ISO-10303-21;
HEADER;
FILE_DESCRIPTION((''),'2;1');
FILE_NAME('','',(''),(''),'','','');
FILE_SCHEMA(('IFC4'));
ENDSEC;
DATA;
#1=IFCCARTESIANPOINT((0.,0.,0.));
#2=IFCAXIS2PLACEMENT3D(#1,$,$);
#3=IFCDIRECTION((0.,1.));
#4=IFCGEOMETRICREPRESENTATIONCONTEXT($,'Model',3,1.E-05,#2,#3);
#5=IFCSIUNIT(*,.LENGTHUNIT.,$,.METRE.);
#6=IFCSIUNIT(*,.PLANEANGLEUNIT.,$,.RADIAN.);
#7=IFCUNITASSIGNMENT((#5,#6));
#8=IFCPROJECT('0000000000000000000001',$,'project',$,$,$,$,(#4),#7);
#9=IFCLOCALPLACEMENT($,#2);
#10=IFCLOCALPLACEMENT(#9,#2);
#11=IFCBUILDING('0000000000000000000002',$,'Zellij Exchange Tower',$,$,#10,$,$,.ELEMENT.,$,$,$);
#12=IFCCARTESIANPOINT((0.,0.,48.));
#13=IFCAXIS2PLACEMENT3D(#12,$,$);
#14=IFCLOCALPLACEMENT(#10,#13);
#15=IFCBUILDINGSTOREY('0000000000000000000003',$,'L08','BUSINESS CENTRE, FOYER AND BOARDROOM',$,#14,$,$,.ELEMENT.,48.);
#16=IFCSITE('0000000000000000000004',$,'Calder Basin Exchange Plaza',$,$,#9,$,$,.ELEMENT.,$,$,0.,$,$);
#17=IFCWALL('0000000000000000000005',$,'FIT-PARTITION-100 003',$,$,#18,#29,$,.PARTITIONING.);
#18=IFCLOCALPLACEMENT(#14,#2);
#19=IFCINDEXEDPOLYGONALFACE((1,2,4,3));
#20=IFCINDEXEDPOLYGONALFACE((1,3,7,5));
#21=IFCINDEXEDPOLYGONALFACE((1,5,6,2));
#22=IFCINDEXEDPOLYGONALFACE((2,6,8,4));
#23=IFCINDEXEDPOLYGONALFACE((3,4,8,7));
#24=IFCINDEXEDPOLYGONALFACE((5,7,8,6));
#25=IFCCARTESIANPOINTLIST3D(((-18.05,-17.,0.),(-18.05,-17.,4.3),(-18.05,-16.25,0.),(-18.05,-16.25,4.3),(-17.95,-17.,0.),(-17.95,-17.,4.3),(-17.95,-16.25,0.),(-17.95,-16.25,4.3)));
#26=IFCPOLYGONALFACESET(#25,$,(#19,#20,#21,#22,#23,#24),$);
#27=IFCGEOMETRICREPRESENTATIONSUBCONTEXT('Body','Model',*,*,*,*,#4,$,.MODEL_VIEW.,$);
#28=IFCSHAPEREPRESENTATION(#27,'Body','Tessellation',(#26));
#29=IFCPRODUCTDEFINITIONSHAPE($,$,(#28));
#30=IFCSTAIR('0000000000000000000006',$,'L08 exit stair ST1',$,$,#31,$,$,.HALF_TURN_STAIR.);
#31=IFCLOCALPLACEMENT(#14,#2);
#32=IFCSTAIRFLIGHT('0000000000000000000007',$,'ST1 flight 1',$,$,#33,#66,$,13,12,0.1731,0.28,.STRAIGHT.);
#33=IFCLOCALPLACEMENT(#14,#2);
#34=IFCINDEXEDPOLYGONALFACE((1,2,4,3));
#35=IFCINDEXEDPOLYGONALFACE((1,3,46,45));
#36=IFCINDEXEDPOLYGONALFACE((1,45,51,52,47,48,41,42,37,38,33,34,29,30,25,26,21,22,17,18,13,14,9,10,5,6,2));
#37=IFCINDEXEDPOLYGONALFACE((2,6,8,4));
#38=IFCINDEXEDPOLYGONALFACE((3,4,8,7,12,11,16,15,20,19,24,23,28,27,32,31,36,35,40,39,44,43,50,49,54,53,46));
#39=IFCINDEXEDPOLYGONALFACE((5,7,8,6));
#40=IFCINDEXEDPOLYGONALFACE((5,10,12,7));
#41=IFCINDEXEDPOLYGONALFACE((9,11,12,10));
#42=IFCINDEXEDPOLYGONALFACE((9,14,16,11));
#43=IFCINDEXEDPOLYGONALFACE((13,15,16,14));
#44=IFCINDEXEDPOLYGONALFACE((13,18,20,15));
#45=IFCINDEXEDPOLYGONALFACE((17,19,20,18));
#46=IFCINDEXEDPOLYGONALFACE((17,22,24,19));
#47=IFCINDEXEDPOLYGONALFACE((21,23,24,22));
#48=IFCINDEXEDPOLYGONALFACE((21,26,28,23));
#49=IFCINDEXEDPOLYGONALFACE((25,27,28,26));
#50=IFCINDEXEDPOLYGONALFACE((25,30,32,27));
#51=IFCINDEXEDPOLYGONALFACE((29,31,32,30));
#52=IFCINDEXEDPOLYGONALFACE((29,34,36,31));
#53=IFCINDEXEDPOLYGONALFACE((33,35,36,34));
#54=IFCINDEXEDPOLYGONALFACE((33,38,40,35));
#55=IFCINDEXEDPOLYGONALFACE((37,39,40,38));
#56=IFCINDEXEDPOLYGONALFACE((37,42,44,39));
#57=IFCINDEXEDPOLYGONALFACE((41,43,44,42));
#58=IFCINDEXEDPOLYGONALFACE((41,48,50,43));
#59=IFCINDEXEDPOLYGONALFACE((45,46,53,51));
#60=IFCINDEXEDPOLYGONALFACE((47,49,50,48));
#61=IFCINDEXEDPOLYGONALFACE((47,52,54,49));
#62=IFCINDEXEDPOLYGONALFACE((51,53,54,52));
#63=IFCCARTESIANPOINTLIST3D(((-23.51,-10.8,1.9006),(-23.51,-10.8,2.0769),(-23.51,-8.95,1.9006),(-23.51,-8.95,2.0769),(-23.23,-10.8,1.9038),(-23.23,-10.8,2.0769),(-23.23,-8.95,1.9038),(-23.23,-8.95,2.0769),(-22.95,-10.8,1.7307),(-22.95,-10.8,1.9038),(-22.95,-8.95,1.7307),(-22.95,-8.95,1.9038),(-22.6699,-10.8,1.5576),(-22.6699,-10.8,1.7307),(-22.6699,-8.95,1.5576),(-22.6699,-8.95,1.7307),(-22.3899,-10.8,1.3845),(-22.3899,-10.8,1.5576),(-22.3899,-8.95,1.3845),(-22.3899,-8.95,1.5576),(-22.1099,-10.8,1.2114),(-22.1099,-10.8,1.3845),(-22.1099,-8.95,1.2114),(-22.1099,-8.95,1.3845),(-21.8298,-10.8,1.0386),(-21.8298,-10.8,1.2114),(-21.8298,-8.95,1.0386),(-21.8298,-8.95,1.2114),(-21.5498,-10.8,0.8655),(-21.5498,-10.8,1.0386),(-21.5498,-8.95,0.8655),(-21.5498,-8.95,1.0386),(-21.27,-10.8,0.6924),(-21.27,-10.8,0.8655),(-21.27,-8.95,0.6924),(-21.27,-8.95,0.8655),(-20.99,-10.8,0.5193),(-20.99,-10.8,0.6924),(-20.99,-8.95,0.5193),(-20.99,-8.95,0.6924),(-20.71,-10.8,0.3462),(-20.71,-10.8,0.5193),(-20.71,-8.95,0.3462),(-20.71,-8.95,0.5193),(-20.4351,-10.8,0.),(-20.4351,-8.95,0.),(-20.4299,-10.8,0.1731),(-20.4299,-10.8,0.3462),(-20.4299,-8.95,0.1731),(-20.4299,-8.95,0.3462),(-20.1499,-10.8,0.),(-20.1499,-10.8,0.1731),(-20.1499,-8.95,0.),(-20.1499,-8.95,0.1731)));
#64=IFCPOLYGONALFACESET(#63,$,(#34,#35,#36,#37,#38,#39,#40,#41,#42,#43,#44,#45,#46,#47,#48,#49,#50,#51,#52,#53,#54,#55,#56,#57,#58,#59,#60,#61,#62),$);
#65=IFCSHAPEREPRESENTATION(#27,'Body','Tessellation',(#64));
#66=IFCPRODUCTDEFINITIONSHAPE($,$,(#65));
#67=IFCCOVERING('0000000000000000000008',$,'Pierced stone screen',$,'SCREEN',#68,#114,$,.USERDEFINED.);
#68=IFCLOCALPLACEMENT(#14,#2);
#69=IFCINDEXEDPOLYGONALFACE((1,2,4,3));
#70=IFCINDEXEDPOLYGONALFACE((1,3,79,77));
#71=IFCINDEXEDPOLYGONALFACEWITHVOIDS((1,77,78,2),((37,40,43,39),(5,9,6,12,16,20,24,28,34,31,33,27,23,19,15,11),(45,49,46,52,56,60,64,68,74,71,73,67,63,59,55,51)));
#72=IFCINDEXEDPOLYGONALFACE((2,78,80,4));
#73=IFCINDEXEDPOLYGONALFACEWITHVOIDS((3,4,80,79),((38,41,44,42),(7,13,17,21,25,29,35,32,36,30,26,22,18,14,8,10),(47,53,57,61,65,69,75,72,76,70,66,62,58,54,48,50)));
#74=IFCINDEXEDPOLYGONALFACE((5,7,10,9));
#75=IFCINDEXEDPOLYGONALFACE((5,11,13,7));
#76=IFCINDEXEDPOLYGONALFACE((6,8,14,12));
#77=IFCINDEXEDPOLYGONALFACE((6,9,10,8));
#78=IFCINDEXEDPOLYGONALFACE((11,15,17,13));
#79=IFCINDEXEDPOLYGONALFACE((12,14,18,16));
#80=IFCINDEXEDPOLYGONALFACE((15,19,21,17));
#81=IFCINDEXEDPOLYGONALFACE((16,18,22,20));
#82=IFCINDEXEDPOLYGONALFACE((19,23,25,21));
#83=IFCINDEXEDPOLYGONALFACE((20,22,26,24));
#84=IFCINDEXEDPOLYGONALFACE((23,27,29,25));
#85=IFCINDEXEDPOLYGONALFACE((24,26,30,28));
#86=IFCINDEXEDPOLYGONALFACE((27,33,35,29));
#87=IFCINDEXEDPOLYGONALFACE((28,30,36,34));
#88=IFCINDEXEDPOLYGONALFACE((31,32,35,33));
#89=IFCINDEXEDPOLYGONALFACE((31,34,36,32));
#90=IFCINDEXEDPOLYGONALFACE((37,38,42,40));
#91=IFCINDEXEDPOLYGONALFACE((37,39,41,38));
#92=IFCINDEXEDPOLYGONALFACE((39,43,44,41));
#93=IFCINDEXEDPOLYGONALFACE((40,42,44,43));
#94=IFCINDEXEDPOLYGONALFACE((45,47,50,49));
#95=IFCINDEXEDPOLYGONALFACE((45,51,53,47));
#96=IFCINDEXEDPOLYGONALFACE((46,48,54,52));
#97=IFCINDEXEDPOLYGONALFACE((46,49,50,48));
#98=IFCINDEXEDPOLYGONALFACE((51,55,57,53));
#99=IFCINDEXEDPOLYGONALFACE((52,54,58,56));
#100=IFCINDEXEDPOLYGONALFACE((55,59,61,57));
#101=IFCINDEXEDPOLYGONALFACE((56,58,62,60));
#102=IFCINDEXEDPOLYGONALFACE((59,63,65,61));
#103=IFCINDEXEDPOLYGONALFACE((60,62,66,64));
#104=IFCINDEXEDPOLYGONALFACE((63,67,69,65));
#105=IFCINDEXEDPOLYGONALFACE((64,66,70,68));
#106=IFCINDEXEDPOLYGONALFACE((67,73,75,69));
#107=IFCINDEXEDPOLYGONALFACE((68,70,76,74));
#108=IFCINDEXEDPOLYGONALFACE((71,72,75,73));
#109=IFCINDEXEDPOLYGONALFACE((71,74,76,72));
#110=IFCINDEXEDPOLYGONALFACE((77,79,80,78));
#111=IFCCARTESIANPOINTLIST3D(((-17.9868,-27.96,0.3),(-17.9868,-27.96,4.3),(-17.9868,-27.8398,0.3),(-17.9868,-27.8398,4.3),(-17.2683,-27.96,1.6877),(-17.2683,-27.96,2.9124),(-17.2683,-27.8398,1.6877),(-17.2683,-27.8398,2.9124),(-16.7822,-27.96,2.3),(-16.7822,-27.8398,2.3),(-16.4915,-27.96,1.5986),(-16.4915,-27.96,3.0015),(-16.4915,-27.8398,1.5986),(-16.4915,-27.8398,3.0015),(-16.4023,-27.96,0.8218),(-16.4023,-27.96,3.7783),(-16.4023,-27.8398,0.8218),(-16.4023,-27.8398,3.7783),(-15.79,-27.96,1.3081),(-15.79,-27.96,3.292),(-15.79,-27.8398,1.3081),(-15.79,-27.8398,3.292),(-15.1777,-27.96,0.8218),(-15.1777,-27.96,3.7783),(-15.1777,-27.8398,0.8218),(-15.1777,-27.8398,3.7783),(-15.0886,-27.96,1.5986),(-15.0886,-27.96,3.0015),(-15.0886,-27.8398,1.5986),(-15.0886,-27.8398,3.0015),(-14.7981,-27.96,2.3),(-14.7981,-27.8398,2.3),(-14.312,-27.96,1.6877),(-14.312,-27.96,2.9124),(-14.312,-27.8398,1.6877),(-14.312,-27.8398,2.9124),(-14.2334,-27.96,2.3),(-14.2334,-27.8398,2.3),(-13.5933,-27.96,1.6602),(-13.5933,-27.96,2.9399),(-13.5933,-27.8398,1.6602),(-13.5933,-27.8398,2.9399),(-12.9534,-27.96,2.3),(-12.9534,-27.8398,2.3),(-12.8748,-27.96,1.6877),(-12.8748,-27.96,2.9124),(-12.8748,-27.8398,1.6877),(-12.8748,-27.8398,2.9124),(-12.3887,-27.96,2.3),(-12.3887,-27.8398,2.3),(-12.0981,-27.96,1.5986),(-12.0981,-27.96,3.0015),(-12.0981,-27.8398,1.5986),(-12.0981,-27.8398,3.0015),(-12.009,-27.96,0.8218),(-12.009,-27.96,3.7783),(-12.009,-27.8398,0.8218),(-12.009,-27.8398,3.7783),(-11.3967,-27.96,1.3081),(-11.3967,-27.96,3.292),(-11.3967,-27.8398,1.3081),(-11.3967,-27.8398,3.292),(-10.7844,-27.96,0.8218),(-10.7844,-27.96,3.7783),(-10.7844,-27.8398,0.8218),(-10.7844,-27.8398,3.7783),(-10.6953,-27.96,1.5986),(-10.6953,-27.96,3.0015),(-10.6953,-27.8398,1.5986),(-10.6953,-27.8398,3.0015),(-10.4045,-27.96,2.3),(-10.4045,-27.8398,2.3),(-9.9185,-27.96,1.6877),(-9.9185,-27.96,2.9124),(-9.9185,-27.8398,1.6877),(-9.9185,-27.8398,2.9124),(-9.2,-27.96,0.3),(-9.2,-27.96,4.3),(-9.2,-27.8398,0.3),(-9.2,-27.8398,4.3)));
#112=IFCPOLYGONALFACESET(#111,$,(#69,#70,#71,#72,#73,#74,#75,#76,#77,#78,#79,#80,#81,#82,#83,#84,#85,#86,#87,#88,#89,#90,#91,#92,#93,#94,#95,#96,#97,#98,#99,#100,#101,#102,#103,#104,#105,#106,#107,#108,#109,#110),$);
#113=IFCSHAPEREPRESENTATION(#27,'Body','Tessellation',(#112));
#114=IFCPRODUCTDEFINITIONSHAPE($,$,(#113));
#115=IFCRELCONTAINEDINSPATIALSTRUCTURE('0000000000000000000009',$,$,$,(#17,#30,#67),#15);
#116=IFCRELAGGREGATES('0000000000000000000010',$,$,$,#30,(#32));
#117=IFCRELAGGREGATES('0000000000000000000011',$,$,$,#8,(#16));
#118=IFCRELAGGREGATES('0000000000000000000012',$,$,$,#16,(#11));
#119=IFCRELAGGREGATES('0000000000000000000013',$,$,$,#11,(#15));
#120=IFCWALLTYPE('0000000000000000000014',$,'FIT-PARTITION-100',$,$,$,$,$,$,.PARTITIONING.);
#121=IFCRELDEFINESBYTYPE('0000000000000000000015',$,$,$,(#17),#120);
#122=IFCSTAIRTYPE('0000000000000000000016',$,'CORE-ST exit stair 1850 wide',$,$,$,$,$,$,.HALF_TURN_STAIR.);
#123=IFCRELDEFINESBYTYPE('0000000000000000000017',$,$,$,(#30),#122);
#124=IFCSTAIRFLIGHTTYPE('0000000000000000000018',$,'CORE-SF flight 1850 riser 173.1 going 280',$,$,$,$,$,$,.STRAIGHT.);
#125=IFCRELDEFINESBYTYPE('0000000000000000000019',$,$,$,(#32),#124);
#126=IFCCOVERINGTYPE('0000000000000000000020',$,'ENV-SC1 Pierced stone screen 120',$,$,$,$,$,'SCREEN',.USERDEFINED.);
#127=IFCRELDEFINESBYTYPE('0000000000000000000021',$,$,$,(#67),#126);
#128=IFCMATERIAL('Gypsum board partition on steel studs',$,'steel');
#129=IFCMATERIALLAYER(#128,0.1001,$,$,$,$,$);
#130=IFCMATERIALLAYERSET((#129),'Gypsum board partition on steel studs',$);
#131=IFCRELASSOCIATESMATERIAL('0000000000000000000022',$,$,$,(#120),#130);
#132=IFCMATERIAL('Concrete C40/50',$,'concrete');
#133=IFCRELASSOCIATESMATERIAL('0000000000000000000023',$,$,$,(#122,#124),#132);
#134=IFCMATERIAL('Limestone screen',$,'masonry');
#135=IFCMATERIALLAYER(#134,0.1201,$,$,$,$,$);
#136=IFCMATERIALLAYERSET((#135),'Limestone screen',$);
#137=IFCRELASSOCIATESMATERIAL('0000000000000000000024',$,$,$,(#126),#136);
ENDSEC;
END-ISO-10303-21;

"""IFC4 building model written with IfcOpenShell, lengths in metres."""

from ifc_helpers import new_model, si_unit, direction, frame, frame_2d, origin, place, context, subcontext, project, spatial, polyline, rectangle, outline, extrude, material, layer, layer_set, type_object, element, aggregate, save


model = new_model("IFC4")

# Units and contexts
model_context = context("Model", 3, precision=1e-05, world=origin(), true_north=direction((0.0, 1.0)))
body_context = subcontext(model_context, "Body", "Model", "MODEL_VIEW")
ifc_project = project(units=[si_unit("LENGTHUNIT", "METRE"), si_unit("PLANEANGLEUNIT", "RADIAN")], contexts=[model_context])

# Site, building, storey
site_placement = place(None, origin())
site = spatial("IfcSite", under=ifc_project, at=site_placement, Name="Calder Basin Exchange Plaza", CompositionType="ELEMENT", RefElevation=0.0)
building_placement = place(site_placement, origin())
building = spatial("IfcBuilding", under=site, at=building_placement, Name="Zellij Exchange Tower", CompositionType="ELEMENT")
storey_placement = place(building_placement, frame((0.0, 0.0, 48.0)))
storey = spatial("IfcBuildingStorey", under=building, at=storey_placement, Name="L08", Description="BUSINESS CENTRE, FOYER AND BOARDROOM", CompositionType="ELEMENT", Elevation=48.0)

# Wall
ifc_material_1 = material(Name="Gypsum board partition on steel studs", Category="steel")
ifc_layer_1 = layer(ifc_material_1, 0.1001)
ifc_layer_set_1 = layer_set([ifc_layer_1], Name="Gypsum board partition on steel studs")
wall_type_1 = type_object("IfcWallType", Name="FIT-PARTITION-100", PredefinedType="PARTITIONING", material=ifc_layer_set_1)
wall_1_placement = place(storey_placement, frame((-18.0, -17.0, 0.0), z_axis=(0.0, 0.0, 1.0), x_axis=(0.0, 1.0, 0.0)))
element("IfcWall", 1, at=wall_1_placement, inside=storey, type_object=wall_type_1, Name="FIT-PARTITION-100 003", PredefinedType="PARTITIONING", context=body_context, shape_type="SweptSolid", body=[
    extrude(rectangle(XDim=0.75, YDim=0.1001, at=frame_2d((0.375, 0.0))), origin(), (0.0, 0.0, 1.0), 4.3),
])

# Stair, stair flight
ifc_material_2 = material(Name="Concrete C40/50", Category="concrete")
stair_type = type_object("IfcStairType", Name="CORE-ST exit stair 1850 wide", PredefinedType="HALF_TURN_STAIR", material=ifc_material_2)
stair_placement = place(storey_placement, origin())
stair = element("IfcStair", 2, at=stair_placement, inside=storey, type_object=stair_type, Name="L08 exit stair ST1", PredefinedType="HALF_TURN_STAIR")
stair_flight_type = type_object("IfcStairFlightType", Name="CORE-SF flight 1850 riser 173.1 going 280", PredefinedType="STRAIGHT", material=ifc_material_2)
stair_flight_placement = place(storey_placement, frame((-20.1499, -9.875, 0.0), z_axis=(0.0, 0.0, 1.0), x_axis=(-1.0, 0.0, 0.0)))
stair_flight = element("IfcStairFlight", 3, at=stair_flight_placement, type_object=stair_flight_type, Name="ST1 flight 1", NumberOfRisers=13, NumberOfTreads=12, PredefinedType="STRAIGHT", RiserHeight=0.1731, TreadLength=0.28, context=body_context, shape_type="SweptSolid", body=[
    extrude(outline(polyline([(0.0, 0.0), (0.0, 0.1731), (0.28, 0.1731), (0.28, 0.3462), (0.5601, 0.3462), (0.5601, 0.5193), (0.8401, 0.5193), (0.8401, 0.6924), (1.1201, 0.6924), (1.1201, 0.8655), (1.3999, 0.8655), (1.3999, 1.0386), (1.6799, 1.0386), (1.6799, 1.2114), (1.96, 1.2114), (1.96, 1.3845), (2.24, 1.3845), (2.24, 1.5576), (2.52, 1.5576), (2.52, 1.7307), (2.8, 1.7307), (2.8, 1.9038), (3.0801, 1.9038), (3.0801, 2.0769), (3.3601, 2.0769), (3.3601, 2.25), (3.3601, 1.9006), (0.2852, 0.0), (0.0, 0.0)])), frame((0.0, 0.925, 0.0), z_axis=(0.0, -1.0, 0.0), x_axis=(1.0, 0.0, 0.0)), (0.0, 0.0, 1.0), 1.8501),
])
aggregate(stair, [stair_flight])

# Covering
ifc_material_3 = material(Name="Limestone screen", Category="masonry")
ifc_layer_2 = layer(ifc_material_3, 0.1201)
ifc_layer_set_2 = layer_set([ifc_layer_2], Name="Limestone screen")
covering_type = type_object("IfcCoveringType", Name="ENV-SC1 Pierced stone screen 120", ElementType="SCREEN", PredefinedType="USERDEFINED", material=ifc_layer_set_2)
covering_placement = place(storey_placement, frame((-17.9868, -27.8999, 0.3), z_axis=(0.0, 0.0, 1.0), x_axis=(1.0, 0.0, 0.0)))
element("IfcCovering", 4, at=covering_placement, inside=storey, type_object=covering_type, Name="Pierced stone screen", ObjectType="SCREEN", PredefinedType="USERDEFINED", context=body_context, shape_type="SweptSolid", body=[
    extrude(outline(polyline([(0.0, 0.0), (8.7869, 0.0), (8.7869, 4.0), (0.0, 4.0), (0.0, 0.0)]), holes=[polyline([(3.6748, 2.6123), (2.8982, 2.7014), (2.8091, 3.4783), (2.1968, 2.9919), (1.5845, 3.4783), (1.4954, 2.7014), (0.7185, 2.6123), (1.2046, 2.0), (0.7185, 1.3877), (1.4954, 1.2986), (1.5845, 0.5217), (2.1968, 1.0081), (2.8091, 0.5217), (2.8982, 1.2986), (3.6748, 1.3877), (3.1887, 2.0), (3.6748, 2.6123)]), polyline([(8.0684, 2.6123), (7.2915, 2.7014), (7.2024, 3.4783), (6.5901, 2.9919), (5.9778, 3.4783), (5.8887, 2.7014), (5.1121, 2.6123), (5.5981, 2.0), (5.1121, 1.3877), (5.8887, 1.2986), (5.9778, 0.5217), (6.5901, 1.0081), (7.2024, 0.5217), (7.2915, 1.2986), (8.0684, 1.3877), (7.5823, 2.0), (8.0684, 2.6123)]), polyline([(5.0334, 2.0), (4.3936, 2.6399), (3.7534, 2.0), (4.3936, 1.3601), (5.0334, 2.0)])]), frame((0.0, 0.0601, 0.0), z_axis=(0.0, -1.0, 0.0), x_axis=(1.0, 0.0, 0.0)), (0.0, 0.0, 1.0), 0.1201),
])

save(model, "model.ifc")
